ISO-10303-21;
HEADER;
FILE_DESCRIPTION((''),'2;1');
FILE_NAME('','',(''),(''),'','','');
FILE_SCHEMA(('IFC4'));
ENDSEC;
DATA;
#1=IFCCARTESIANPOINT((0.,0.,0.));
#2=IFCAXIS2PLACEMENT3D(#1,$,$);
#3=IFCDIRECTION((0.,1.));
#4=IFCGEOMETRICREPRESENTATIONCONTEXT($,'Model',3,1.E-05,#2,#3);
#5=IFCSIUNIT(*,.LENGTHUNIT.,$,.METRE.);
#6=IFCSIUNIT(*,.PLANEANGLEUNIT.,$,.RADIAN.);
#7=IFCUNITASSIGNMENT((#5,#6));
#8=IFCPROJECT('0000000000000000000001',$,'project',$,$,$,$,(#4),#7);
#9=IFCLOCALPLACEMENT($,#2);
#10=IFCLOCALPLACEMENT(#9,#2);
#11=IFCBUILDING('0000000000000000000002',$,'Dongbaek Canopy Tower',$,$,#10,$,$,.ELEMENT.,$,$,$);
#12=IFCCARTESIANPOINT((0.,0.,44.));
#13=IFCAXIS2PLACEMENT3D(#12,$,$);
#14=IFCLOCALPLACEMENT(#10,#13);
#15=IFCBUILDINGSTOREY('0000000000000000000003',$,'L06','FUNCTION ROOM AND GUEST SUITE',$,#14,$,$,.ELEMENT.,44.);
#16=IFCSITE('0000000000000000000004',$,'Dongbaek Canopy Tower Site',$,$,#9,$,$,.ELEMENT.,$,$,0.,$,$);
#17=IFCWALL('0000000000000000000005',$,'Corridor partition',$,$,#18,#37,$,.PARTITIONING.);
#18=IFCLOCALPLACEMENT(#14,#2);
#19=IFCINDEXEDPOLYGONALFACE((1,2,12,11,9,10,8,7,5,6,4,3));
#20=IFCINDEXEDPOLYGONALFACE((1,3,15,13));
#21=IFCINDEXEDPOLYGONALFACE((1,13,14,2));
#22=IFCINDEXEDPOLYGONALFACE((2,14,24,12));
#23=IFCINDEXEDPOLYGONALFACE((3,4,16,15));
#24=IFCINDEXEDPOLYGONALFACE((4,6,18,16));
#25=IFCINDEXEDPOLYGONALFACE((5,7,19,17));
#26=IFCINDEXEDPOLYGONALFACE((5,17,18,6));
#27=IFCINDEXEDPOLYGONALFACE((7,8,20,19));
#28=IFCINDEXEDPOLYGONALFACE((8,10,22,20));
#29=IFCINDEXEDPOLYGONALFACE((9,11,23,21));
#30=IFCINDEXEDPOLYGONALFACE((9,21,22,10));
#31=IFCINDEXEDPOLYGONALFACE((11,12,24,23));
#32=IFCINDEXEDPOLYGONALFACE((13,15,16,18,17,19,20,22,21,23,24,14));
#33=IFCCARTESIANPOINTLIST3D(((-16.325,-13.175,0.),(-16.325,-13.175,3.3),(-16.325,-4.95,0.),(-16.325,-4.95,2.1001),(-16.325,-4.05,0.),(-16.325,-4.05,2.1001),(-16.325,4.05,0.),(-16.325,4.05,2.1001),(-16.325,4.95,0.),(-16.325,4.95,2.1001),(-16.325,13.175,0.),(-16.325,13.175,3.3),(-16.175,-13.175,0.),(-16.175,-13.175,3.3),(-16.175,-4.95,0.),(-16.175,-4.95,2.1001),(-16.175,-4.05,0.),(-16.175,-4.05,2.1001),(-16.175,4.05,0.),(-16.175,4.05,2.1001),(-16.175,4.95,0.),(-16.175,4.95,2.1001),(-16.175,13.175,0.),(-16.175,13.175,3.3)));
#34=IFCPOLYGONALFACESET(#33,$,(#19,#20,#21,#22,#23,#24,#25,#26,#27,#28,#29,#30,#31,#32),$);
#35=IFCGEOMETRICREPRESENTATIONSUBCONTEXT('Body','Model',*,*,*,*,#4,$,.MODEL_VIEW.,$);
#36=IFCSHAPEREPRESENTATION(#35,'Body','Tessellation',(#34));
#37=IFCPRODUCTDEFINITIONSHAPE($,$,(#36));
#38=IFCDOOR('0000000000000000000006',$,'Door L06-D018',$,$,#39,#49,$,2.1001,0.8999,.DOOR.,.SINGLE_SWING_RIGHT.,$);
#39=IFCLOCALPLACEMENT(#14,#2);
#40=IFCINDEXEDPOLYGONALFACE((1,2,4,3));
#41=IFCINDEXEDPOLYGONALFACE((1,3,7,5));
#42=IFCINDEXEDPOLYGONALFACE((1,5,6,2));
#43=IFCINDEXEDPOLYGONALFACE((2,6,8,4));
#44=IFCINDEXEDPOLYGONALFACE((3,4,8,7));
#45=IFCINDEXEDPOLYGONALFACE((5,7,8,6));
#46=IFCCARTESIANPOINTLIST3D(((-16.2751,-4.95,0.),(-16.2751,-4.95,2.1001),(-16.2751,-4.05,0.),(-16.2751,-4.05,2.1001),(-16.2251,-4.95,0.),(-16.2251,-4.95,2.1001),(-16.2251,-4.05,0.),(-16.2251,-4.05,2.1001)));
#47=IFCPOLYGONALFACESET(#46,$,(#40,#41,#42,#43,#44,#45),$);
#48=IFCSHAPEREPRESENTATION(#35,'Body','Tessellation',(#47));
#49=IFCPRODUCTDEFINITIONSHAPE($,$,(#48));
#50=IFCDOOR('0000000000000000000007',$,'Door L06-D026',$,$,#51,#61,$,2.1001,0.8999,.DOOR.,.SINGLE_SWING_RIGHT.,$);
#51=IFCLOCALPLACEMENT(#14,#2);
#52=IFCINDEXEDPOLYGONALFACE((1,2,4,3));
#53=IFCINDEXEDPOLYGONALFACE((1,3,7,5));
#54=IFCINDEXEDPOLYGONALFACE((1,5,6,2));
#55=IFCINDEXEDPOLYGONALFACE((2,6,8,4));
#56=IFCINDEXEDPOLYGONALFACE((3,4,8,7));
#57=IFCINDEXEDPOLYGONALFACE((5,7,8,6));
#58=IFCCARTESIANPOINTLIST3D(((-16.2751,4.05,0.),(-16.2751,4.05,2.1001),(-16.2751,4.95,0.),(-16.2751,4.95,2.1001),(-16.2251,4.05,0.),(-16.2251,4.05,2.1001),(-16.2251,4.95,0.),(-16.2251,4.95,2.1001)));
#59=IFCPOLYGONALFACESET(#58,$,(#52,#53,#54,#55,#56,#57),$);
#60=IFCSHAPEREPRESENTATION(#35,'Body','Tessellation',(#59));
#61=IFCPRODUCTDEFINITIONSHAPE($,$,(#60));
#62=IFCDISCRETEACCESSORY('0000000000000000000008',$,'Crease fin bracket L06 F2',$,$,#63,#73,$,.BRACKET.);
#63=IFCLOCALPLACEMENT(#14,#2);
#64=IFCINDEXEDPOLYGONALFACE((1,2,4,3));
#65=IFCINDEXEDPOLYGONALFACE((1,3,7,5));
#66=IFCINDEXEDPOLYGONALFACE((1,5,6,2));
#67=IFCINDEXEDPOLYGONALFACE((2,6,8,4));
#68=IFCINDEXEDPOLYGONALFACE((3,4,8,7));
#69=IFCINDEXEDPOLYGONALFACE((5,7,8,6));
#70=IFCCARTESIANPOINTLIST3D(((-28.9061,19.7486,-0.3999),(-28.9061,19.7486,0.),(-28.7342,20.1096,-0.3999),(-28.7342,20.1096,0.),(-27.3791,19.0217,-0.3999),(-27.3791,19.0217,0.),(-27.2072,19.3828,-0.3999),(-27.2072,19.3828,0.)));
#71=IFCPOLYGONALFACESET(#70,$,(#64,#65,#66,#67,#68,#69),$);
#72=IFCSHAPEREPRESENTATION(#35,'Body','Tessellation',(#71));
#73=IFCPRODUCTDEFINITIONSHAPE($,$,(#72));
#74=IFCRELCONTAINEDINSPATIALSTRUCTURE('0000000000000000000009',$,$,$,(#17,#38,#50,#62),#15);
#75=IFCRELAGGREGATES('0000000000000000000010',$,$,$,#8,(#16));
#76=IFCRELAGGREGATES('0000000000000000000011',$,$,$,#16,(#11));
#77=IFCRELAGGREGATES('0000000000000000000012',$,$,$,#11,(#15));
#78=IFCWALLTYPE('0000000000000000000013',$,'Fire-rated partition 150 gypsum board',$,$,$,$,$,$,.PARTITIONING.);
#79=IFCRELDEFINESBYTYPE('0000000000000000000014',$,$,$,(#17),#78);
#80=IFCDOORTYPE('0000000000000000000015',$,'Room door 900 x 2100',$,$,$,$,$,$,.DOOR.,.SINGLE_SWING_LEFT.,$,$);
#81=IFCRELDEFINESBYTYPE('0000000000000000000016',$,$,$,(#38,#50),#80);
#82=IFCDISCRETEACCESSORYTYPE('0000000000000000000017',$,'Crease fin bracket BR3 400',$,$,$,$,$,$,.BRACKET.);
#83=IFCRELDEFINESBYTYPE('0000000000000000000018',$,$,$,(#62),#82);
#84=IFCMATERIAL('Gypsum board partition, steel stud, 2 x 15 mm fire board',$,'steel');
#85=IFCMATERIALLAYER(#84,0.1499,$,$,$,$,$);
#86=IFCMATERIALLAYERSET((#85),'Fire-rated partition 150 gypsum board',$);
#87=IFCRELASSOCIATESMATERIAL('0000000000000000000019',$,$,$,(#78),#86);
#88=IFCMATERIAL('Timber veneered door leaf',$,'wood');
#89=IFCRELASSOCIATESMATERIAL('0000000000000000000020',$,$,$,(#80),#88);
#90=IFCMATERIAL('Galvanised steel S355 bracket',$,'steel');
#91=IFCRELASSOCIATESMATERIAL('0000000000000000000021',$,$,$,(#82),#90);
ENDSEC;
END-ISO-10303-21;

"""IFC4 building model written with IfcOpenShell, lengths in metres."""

from ifc_helpers import new_model, si_unit, direction, frame, frame_2d, origin, origin_2d, place, context, subcontext, project, spatial, rectangle, extrude, material, layer, layer_set, type_object, element, fill, save


model = new_model("IFC4")

# Units and contexts
model_context = context("Model", 3, precision=1e-05, world=origin(), true_north=direction((0.0, 1.0)))
body_context = subcontext(model_context, "Body", "Model", "MODEL_VIEW")
ifc_project = project(units=[si_unit("LENGTHUNIT", "METRE"), si_unit("PLANEANGLEUNIT", "RADIAN")], contexts=[model_context])

# Site, building, storey
site_placement = place(None, origin())
site = spatial("IfcSite", under=ifc_project, at=site_placement, Name="Dongbaek Canopy Tower Site", CompositionType="ELEMENT", RefElevation=0.0)
building_placement = place(site_placement, origin())
building = spatial("IfcBuilding", under=site, at=building_placement, Name="Dongbaek Canopy Tower", CompositionType="ELEMENT")
storey_placement = place(building_placement, frame((0.0, 0.0, 44.0)))
storey = spatial("IfcBuildingStorey", under=building, at=storey_placement, Name="L06", Description="FUNCTION ROOM AND GUEST SUITE", CompositionType="ELEMENT", Elevation=44.0)

# Wall, openings, doors
ifc_material_1 = material(Name="Gypsum board partition, steel stud, 2 x 15 mm fire board", Category="steel")
ifc_layer = layer(ifc_material_1, 0.1499)
ifc_layer_set = layer_set([ifc_layer], Name="Fire-rated partition 150 gypsum board")
wall_type = type_object("IfcWallType", Name="Fire-rated partition 150 gypsum board", PredefinedType="PARTITIONING", material=ifc_layer_set)
ifc_material_2 = material(Name="Timber veneered door leaf", Category="wood")
door_type_1 = type_object("IfcDoorType", Name="Room door 900 x 2100", OperationType="SINGLE_SWING_LEFT", PredefinedType="DOOR", material=ifc_material_2)
wall_1_placement = place(storey_placement, frame((-16.25, 13.175, 0.0), z_axis=(0.0, 0.0, 1.0), x_axis=(0.0, -1.0, 0.0)))
wall_1 = element("IfcWall", 1, at=wall_1_placement, inside=storey, type_object=wall_type, Name="Corridor partition", PredefinedType="PARTITIONING", context=body_context, shape_type="SweptSolid", body=[
    extrude(rectangle(XDim=26.3501, YDim=0.1499, at=frame_2d((13.175, 0.0))), origin(), (0.0, 0.0, 1.0), 3.3),
])
opening_1_placement = place(wall_1_placement, frame((17.2251, 0.0, 0.0)))
opening_1 = element("IfcOpeningElement", 2, at=opening_1_placement, cuts=wall_1, PredefinedType="OPENING", context=body_context, shape_type="SweptSolid", body=[
    extrude(rectangle(XDim=0.8999, YDim=2.1001, at=frame_2d((0.45, 1.05))), frame((0.0, 0.085, 0.0), z_axis=(0.0, -1.0, 0.0), x_axis=(1.0, 0.0, 0.0)), (0.0, 0.0, 1.0), 0.1699),
])
opening_2_placement = place(wall_1_placement, frame((8.2251, 0.0, 0.0)))
opening_2 = element("IfcOpeningElement", 3, at=opening_2_placement, cuts=wall_1, PredefinedType="OPENING", context=body_context, shape_type="SweptSolid", body=[
    extrude(rectangle(XDim=0.8999, YDim=2.1001, at=frame_2d((0.45, 1.05))), frame((0.0, 0.085, 0.0), z_axis=(0.0, -1.0, 0.0), x_axis=(1.0, 0.0, 0.0)), (0.0, 0.0, 1.0), 0.1699),
])
door_1_placement = place(opening_1_placement, origin())
door_1 = element("IfcDoor", 4, at=door_1_placement, inside=storey, type_object=door_type_1, Name="Door L06-D018", OperationType="SINGLE_SWING_RIGHT", OverallHeight=2.1001, OverallWidth=0.8999, PredefinedType="DOOR", context=body_context, shape_type="SweptSolid", body=[
    extrude(rectangle(XDim=0.8999, YDim=2.1001, at=frame_2d((0.45, 1.05))), frame((0.0, 0.0249, 0.0), z_axis=(0.0, -1.0, 0.0), x_axis=(1.0, 0.0, 0.0)), (0.0, 0.0, 1.0), 0.05),
])
fill(opening_1, door_1)
door_2_placement = place(opening_2_placement, origin())
door_2 = element("IfcDoor", 5, at=door_2_placement, inside=storey, type_object=door_type_1, Name="Door L06-D026", OperationType="SINGLE_SWING_RIGHT", OverallHeight=2.1001, OverallWidth=0.8999, PredefinedType="DOOR", context=body_context, shape_type="SweptSolid", body=[
    extrude(rectangle(XDim=0.8999, YDim=2.1001, at=frame_2d((0.45, 1.05))), frame((0.0, 0.0249, 0.0), z_axis=(0.0, -1.0, 0.0), x_axis=(1.0, 0.0, 0.0)), (0.0, 0.0, 1.0), 0.05),
])
fill(opening_2, door_2)

# Discrete accessory
ifc_material_3 = material(Name="Galvanised steel S355 bracket", Category="steel")
discrete_accessory_type = type_object("IfcDiscreteAccessoryType", Name="Crease fin bracket BR3 400", PredefinedType="BRACKET", material=ifc_material_3)
discrete_accessory_placement = place(storey_placement, frame((-28.0566, 19.5657, -0.3999), z_axis=(0.0, 0.0, 1.0), x_axis=(-0.902929, 0.429789, 0.0)))
element("IfcDiscreteAccessory", 6, at=discrete_accessory_placement, inside=storey, type_object=discrete_accessory_type, Name="Crease fin bracket L06 F2", PredefinedType="BRACKET", context=body_context, shape_type="SweptSolid", body=[
    extrude(rectangle(XDim=1.6912, YDim=0.3999, at=origin_2d()), origin(), (0.0, 0.0, 1.0), 0.3999),
])

save(model, "model.ifc")
